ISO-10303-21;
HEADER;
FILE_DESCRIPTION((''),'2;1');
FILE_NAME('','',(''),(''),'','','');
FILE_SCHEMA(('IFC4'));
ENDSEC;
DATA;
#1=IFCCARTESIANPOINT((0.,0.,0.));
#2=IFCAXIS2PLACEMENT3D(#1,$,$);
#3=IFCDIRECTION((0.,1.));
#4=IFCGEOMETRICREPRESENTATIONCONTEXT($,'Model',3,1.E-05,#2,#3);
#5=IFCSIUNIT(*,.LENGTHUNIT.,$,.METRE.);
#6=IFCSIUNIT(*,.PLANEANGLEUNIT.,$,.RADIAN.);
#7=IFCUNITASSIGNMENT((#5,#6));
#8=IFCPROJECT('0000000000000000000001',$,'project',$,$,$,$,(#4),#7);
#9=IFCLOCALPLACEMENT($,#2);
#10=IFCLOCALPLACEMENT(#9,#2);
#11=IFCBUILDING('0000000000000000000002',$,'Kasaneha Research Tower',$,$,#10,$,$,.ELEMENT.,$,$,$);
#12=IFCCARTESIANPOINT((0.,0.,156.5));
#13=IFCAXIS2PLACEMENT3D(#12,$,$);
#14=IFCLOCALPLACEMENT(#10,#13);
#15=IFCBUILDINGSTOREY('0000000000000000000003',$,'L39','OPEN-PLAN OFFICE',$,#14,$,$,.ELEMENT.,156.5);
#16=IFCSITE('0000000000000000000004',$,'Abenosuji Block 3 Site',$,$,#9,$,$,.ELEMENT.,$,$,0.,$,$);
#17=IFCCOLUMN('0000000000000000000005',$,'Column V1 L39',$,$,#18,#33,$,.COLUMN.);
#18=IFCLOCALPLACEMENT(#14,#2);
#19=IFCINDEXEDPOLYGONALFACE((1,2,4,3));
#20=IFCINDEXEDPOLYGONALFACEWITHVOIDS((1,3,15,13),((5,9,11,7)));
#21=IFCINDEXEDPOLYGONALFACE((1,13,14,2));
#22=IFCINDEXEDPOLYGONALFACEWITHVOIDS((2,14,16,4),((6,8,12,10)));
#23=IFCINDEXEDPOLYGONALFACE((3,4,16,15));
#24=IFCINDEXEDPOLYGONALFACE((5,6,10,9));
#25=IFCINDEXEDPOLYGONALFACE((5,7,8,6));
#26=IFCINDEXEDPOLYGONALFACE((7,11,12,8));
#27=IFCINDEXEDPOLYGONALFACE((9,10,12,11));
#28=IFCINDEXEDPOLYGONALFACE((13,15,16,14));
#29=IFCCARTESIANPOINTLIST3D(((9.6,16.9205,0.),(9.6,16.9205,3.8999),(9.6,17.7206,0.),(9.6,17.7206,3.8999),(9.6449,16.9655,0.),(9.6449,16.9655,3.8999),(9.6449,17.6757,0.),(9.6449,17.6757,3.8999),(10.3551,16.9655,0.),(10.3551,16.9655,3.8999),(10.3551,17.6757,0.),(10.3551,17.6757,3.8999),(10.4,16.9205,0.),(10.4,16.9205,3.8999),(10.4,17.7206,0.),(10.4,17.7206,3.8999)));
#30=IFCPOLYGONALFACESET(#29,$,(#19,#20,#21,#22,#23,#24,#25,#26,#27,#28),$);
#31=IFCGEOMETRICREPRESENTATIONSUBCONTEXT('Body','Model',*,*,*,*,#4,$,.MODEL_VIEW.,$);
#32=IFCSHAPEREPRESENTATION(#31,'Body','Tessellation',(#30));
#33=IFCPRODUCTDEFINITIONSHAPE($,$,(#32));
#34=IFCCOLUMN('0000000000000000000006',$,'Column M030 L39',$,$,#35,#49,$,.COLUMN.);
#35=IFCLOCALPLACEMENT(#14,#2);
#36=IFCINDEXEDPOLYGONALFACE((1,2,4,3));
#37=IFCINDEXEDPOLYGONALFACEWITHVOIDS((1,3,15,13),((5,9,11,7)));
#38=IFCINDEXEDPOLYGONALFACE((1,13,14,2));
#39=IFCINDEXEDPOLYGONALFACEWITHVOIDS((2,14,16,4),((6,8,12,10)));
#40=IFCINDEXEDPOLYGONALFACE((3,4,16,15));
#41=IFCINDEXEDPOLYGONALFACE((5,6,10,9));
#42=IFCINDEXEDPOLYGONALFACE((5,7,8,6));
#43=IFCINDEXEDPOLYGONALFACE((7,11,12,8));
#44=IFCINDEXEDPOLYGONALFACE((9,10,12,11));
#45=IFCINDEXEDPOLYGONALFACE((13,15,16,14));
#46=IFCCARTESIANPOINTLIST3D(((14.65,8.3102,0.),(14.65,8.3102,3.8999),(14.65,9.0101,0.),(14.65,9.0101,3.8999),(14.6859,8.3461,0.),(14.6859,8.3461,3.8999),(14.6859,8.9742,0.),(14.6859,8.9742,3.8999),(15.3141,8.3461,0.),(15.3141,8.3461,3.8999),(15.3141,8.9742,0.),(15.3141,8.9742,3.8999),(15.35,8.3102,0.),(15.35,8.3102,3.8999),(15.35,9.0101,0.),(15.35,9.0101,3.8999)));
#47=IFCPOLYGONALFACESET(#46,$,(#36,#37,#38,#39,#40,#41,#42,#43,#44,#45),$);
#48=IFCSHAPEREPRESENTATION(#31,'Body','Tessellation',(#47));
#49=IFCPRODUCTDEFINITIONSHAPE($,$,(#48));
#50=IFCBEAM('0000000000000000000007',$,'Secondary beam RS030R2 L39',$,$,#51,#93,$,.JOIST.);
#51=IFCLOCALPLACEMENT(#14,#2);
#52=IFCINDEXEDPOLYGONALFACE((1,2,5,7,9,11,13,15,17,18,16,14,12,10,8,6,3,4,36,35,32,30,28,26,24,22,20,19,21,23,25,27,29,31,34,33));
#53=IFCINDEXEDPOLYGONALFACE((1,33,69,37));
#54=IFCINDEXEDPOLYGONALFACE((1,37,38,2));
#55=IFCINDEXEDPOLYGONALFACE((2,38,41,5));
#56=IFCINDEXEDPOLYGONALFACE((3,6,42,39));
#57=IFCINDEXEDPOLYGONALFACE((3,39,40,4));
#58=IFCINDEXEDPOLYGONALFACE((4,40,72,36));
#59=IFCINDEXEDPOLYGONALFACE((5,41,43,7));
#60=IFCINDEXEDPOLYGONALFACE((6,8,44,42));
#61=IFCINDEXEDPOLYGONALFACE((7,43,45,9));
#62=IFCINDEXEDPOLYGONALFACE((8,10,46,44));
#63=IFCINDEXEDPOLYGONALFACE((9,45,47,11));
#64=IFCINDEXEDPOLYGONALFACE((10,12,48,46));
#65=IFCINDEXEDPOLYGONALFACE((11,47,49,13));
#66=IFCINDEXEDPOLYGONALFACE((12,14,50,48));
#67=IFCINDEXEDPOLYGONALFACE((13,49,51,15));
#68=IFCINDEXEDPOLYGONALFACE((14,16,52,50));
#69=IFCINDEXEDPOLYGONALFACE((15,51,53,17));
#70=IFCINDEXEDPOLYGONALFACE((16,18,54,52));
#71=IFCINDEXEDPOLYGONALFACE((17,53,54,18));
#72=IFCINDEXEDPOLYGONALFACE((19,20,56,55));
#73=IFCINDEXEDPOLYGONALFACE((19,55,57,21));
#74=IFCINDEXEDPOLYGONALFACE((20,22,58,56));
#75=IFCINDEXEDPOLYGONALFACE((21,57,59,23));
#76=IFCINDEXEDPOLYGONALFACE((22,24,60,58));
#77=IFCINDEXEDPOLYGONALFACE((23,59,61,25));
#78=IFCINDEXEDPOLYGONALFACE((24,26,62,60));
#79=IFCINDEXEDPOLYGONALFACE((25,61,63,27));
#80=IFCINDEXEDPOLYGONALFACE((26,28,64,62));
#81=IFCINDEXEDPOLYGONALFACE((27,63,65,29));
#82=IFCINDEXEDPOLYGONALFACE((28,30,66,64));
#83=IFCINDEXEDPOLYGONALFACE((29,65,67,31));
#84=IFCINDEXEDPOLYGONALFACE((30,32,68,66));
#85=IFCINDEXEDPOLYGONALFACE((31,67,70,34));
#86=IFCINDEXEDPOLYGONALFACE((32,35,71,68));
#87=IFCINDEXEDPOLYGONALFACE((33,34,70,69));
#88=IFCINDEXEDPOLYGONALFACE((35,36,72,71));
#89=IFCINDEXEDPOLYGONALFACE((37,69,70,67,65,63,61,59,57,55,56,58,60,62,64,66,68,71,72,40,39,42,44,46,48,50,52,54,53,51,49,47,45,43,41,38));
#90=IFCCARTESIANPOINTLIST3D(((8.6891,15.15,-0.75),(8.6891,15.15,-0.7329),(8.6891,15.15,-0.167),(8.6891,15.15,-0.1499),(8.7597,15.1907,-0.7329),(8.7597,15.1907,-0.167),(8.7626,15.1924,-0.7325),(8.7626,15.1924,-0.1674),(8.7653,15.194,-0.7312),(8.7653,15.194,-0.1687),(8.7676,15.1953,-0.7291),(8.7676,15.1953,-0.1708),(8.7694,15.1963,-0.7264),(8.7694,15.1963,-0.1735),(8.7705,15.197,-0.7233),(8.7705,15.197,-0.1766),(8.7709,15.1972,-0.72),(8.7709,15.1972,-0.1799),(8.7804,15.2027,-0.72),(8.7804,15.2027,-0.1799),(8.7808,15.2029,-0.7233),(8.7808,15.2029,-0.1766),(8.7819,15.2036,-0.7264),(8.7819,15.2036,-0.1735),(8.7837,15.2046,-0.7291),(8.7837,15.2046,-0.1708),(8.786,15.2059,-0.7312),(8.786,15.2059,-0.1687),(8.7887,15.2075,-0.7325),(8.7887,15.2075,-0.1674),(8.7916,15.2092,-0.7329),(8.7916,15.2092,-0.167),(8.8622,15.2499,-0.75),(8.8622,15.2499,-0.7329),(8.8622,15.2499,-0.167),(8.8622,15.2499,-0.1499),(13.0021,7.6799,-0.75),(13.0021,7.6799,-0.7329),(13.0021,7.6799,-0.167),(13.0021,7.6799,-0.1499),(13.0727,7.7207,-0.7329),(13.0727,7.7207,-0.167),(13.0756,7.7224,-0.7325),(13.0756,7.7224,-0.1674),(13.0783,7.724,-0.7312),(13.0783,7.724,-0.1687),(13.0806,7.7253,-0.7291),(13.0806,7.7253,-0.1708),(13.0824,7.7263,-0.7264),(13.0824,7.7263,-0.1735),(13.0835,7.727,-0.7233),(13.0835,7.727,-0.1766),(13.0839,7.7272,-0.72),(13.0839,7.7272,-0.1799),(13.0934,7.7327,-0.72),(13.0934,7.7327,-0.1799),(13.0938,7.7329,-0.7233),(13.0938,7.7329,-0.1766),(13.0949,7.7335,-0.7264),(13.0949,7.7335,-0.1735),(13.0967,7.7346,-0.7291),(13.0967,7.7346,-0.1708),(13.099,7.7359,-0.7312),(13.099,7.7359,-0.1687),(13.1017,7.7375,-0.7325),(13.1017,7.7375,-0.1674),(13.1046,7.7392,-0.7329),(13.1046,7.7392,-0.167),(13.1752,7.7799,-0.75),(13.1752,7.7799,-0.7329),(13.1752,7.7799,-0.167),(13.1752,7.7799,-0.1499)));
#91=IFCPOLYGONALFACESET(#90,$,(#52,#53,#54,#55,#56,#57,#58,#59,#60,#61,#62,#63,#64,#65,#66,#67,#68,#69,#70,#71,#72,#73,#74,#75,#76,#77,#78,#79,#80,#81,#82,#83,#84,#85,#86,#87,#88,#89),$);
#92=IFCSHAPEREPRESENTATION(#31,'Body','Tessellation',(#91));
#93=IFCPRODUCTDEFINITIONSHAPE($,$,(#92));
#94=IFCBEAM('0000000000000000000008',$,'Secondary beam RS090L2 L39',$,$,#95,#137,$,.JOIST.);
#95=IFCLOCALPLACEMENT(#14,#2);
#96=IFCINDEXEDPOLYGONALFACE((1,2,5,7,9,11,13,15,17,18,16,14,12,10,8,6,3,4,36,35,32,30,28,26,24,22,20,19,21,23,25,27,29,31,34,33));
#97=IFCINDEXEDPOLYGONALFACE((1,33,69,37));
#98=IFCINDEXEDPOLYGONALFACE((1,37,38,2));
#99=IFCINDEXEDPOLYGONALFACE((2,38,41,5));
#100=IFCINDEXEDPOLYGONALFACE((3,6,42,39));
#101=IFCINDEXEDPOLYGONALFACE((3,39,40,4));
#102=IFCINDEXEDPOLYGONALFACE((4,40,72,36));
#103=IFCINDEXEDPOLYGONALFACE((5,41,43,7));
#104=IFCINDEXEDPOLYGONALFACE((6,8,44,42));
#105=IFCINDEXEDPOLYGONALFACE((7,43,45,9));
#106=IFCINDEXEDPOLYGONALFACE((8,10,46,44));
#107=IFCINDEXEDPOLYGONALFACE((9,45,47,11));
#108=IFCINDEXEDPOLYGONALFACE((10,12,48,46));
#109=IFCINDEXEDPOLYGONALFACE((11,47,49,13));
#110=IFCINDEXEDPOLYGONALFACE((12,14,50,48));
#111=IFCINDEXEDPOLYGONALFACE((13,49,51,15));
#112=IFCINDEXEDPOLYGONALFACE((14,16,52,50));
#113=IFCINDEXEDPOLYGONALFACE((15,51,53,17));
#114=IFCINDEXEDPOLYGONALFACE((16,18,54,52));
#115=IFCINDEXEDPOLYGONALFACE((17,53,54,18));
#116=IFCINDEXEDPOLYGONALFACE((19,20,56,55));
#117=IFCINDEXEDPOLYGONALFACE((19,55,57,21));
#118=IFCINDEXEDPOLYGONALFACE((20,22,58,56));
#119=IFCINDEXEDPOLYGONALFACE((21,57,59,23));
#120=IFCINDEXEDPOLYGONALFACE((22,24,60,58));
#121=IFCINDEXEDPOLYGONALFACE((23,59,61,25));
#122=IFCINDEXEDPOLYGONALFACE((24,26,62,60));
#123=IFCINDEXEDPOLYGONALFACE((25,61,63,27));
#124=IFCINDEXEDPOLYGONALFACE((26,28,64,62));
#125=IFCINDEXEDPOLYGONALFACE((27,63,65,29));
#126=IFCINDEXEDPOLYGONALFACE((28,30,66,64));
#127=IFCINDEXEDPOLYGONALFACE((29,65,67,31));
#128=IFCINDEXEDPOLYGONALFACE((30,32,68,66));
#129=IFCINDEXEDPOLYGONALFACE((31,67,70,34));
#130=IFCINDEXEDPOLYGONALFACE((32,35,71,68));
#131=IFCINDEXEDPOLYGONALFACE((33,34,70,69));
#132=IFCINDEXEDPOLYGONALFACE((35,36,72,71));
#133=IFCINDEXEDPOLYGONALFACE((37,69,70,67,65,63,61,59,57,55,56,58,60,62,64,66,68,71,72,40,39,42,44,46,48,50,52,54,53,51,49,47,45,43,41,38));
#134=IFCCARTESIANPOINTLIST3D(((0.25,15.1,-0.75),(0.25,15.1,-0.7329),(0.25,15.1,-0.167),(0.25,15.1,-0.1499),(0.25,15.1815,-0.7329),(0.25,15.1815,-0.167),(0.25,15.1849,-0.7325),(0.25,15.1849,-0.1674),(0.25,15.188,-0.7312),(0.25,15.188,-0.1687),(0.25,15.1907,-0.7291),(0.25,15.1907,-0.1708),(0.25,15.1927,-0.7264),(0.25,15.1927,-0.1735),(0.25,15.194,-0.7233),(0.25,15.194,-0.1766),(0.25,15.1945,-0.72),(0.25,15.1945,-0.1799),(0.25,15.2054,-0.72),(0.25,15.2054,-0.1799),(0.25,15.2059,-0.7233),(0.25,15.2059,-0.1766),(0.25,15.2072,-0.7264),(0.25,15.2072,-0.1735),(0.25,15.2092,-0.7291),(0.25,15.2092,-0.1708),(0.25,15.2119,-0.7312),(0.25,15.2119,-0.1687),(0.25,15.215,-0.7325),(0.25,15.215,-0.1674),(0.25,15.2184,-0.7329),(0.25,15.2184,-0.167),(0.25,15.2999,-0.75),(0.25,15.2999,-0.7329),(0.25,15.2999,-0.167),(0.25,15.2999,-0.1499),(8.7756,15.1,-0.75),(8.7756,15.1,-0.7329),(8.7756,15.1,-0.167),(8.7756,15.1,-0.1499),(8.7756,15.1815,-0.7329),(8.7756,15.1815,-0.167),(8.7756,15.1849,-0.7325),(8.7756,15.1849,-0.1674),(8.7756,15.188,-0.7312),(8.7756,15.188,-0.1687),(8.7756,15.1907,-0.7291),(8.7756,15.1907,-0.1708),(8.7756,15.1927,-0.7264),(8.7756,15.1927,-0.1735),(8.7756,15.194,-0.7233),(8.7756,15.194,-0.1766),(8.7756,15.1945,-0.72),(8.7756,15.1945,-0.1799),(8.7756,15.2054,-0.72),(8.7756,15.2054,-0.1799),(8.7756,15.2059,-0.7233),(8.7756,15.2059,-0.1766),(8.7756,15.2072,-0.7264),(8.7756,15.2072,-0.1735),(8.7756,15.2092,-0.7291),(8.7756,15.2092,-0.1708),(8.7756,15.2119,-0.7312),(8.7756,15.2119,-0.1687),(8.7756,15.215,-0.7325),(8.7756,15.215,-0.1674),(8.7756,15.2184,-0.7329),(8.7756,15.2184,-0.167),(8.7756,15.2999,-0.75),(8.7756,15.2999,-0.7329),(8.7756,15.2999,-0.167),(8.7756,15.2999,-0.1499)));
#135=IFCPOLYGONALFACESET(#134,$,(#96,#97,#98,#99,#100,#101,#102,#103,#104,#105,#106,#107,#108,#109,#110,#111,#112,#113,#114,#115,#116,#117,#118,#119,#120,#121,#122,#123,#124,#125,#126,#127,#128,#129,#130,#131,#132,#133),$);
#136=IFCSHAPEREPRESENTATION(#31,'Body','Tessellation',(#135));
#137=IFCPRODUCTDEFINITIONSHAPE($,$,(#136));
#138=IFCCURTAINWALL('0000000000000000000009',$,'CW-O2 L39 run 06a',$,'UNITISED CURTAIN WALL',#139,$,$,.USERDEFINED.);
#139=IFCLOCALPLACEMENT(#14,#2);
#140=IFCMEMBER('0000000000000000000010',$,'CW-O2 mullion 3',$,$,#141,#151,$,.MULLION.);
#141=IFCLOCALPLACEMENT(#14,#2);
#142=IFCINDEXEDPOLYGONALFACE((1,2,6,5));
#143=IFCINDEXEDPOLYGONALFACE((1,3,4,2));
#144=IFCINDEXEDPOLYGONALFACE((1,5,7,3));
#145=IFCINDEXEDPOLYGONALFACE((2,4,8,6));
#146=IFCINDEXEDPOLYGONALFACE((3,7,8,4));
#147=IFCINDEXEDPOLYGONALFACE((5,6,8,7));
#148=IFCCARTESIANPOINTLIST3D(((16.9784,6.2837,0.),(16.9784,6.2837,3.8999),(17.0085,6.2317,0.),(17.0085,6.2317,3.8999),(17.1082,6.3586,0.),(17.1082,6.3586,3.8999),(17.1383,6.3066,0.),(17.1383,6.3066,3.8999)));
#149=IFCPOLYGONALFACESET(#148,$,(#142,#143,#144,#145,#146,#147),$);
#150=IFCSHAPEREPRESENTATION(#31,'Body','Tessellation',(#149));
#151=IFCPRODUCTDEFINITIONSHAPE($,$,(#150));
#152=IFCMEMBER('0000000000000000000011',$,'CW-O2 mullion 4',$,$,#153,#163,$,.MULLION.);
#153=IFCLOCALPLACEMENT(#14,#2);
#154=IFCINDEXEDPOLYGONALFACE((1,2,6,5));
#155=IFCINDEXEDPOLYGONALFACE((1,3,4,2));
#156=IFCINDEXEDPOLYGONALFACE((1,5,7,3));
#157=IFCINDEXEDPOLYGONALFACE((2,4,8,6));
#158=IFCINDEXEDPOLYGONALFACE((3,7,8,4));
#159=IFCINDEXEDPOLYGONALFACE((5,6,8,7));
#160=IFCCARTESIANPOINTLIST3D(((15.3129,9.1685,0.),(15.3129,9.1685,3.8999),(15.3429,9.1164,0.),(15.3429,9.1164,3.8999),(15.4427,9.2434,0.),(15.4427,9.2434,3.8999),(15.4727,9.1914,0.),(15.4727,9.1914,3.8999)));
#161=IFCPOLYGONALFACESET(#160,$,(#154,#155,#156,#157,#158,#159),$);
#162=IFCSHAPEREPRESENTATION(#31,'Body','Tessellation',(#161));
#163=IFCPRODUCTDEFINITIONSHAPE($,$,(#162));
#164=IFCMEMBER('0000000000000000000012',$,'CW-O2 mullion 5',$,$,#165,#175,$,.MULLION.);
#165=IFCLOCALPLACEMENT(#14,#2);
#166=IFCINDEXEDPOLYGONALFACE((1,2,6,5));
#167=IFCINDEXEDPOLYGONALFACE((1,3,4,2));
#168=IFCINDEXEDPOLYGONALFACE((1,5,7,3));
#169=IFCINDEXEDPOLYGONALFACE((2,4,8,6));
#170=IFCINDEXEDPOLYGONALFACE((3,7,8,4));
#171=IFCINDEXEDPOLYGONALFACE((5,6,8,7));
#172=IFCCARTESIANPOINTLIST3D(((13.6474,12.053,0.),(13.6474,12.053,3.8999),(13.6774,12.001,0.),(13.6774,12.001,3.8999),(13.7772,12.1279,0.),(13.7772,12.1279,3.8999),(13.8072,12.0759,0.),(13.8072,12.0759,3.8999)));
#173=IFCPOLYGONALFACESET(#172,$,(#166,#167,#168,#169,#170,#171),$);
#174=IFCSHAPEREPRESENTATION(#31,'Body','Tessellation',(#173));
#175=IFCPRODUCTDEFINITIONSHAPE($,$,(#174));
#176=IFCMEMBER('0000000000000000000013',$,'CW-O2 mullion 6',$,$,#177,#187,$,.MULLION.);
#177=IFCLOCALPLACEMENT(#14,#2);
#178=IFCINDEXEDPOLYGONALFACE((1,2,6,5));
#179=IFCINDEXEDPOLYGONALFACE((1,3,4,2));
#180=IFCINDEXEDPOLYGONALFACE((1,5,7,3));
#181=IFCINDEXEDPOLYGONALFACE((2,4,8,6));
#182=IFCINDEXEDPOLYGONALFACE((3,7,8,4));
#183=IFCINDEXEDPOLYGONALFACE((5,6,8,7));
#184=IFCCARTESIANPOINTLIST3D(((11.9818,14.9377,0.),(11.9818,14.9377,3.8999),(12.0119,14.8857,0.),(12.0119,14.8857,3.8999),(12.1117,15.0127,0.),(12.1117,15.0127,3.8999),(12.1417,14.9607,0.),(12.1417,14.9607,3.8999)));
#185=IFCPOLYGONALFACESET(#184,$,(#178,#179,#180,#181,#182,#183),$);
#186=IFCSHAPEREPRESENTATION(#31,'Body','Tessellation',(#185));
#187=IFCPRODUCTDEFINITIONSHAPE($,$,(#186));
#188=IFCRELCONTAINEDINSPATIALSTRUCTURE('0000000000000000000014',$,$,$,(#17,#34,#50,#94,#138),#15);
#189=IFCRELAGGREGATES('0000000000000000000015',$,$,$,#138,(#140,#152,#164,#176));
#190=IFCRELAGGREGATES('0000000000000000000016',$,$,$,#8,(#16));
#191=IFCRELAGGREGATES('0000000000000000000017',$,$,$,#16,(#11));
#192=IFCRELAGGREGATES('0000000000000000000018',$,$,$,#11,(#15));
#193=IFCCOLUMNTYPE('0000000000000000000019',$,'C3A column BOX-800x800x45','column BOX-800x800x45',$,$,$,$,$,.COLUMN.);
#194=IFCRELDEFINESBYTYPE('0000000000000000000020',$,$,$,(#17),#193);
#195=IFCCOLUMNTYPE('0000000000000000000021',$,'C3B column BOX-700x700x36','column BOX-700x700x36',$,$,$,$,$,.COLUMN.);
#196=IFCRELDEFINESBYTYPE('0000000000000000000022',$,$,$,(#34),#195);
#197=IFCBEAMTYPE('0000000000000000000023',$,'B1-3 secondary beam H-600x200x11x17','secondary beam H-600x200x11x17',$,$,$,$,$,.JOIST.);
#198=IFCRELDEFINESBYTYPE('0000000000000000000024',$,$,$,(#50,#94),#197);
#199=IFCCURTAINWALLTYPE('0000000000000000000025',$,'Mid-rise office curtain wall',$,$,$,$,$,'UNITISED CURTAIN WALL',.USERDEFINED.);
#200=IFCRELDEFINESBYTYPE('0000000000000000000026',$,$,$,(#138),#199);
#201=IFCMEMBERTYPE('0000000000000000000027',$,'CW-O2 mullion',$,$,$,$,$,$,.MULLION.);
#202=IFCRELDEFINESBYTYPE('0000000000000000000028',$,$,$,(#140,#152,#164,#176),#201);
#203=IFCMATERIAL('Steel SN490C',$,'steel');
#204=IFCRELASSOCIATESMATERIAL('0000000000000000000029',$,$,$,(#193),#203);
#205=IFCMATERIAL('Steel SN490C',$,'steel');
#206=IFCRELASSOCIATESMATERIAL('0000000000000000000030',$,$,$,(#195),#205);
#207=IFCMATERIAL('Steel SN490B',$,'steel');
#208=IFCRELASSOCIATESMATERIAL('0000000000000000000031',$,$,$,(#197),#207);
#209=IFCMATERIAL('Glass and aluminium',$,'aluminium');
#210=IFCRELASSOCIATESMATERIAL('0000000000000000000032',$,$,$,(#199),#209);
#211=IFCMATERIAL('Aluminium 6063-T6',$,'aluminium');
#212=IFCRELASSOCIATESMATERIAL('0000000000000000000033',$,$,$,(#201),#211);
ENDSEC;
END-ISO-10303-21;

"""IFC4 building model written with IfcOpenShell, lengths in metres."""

from ifc_helpers import new_model, si_unit, direction, frame, origin, origin_2d, place, context, subcontext, project, spatial, rectangle, hollow_rectangle, i_section, extrude, material, material_profile, profile_set, type_object, element, aggregate, save


model = new_model("IFC4")

# Units and contexts
model_context = context("Model", 3, precision=1e-05, world=origin(), true_north=direction((0.0, 1.0)))
body_context = subcontext(model_context, "Body", "Model", "MODEL_VIEW")
ifc_project = project(units=[si_unit("LENGTHUNIT", "METRE"), si_unit("PLANEANGLEUNIT", "RADIAN")], contexts=[model_context])

# Site, building, storey
site_placement = place(None, origin())
site = spatial("IfcSite", under=ifc_project, at=site_placement, Name="Abenosuji Block 3 Site", CompositionType="ELEMENT", RefElevation=0.0)
building_placement = place(site_placement, origin())
building = spatial("IfcBuilding", under=site, at=building_placement, Name="Kasaneha Research Tower", CompositionType="ELEMENT")
storey_placement = place(building_placement, frame((0.0, 0.0, 156.5)))
storey = spatial("IfcBuildingStorey", under=building, at=storey_placement, Name="L39", Description="OPEN-PLAN OFFICE", CompositionType="ELEMENT", Elevation=156.5)

# Columns
ifc_material_1 = material(Name="Steel SN490C", Category="steel")
ifc_material_profile_1 = material_profile(ifc_material_1, hollow_rectangle(XDim=0.8, YDim=0.8, WallThickness=0.0449, at=origin_2d()), Name="BOX-800x800x45")
ifc_profile_set_1 = profile_set([ifc_material_profile_1], Name="Steel SN490C")
column_type_1 = type_object("IfcColumnType", Name="C3A column BOX-800x800x45", Description="column BOX-800x800x45", PredefinedType="COLUMN", material=ifc_profile_set_1)
column_1_placement = place(storey_placement, frame((10.0, 17.3206, 0.0), z_axis=(0.0, 0.0, 1.0), x_axis=(1.0, 0.0, 0.0)))
element("IfcColumn", 1, at=column_1_placement, inside=storey, type_object=column_type_1, Name="Column V1 L39", PredefinedType="COLUMN", context=body_context, shape_type="SweptSolid", body=[
    extrude(hollow_rectangle(XDim=0.8, YDim=0.8, WallThickness=0.0449, at=origin_2d()), origin(), (0.0, 0.0, 1.0), 3.8999),
])
ifc_material_2 = material(Name="Steel SN490C", Category="steel")
ifc_material_profile_2 = material_profile(ifc_material_2, hollow_rectangle(XDim=0.7, YDim=0.7, WallThickness=0.0359, at=origin_2d()), Name="BOX-700x700x36")
ifc_profile_set_2 = profile_set([ifc_material_profile_2], Name="Steel SN490C")
column_type_2 = type_object("IfcColumnType", Name="C3B column BOX-700x700x36", Description="column BOX-700x700x36", PredefinedType="COLUMN", material=ifc_profile_set_2)
column_2_placement = place(storey_placement, frame((15.0, 8.6602, 0.0), z_axis=(0.0, 0.0, 1.0), x_axis=(1.0, 0.0, 0.0)))
element("IfcColumn", 2, at=column_2_placement, inside=storey, type_object=column_type_2, Name="Column M030 L39", PredefinedType="COLUMN", context=body_context, shape_type="SweptSolid", body=[
    extrude(hollow_rectangle(XDim=0.7, YDim=0.7, WallThickness=0.0359, at=origin_2d()), origin(), (0.0, 0.0, 1.0), 3.8999),
])

# Beams
ifc_material_3 = material(Name="Steel SN490B", Category="steel")
ifc_material_profile_3 = material_profile(ifc_material_3, i_section(OverallWidth=0.2, OverallDepth=0.6001, WebThickness=0.011, FlangeThickness=0.0171, FilletRadius=0.0129, at=origin_2d()), Name="H-600x200x11x17")
ifc_profile_set_3 = profile_set([ifc_material_profile_3], Name="Steel SN490B")
beam_type_1 = type_object("IfcBeamType", Name="B1-3 secondary beam H-600x200x11x17", Description="secondary beam H-600x200x11x17", PredefinedType="JOIST", material=ifc_profile_set_3)
beam_1_placement = place(storey_placement, frame((8.7756, 15.2, -0.45), z_axis=(0.500017, -0.866015, 0.0), x_axis=(0.866015, 0.500017, 0.0)))
element("IfcBeam", 3, at=beam_1_placement, inside=storey, type_object=beam_type_1, Name="Secondary beam RS030R2 L39", PredefinedType="JOIST", context=body_context, shape_type="SweptSolid", body=[
    extrude(i_section(OverallWidth=0.2, OverallDepth=0.6001, WebThickness=0.011, FlangeThickness=0.0171, FilletRadius=0.0129, at=origin_2d()), origin(), (0.0, 0.0, 1.0), 8.6257),
])
beam_2_placement = place(storey_placement, frame((8.7756, 15.2, -0.45), z_axis=(-1.0, 0.0, 0.0), x_axis=(0.0, -1.0, 0.0)))
element("IfcBeam", 4, at=beam_2_placement, inside=storey, type_object=beam_type_1, Name="Secondary beam RS090L2 L39", PredefinedType="JOIST", context=body_context, shape_type="SweptSolid", body=[
    extrude(i_section(OverallWidth=0.2, OverallDepth=0.6001, WebThickness=0.011, FlangeThickness=0.0171, FilletRadius=0.0129, at=origin_2d()), origin(), (0.0, 0.0, 1.0), 8.5256),
])

# Curtain wall, members
ifc_material_4 = material(Name="Glass and aluminium", Category="aluminium")
curtain_wall_type = type_object("IfcCurtainWallType", Name="Mid-rise office curtain wall", ElementType="UNITISED CURTAIN WALL", PredefinedType="USERDEFINED", material=ifc_material_4)
curtain_wall_1_placement = place(storey_placement, origin())
curtain_wall_1 = element("IfcCurtainWall", 5, at=curtain_wall_1_placement, inside=storey, type_object=curtain_wall_type, Name="CW-O2 L39 run 06a", ObjectType="UNITISED CURTAIN WALL", PredefinedType="USERDEFINED")
ifc_material_5 = material(Name="Aluminium 6063-T6", Category="aluminium")
ifc_material_profile_4 = material_profile(ifc_material_5, rectangle(XDim=0.0601, YDim=0.1499, at=origin_2d()), Name="CW-O2 mullion 60x150")
ifc_profile_set_4 = profile_set([ifc_material_profile_4], Name="Aluminium 6063-T6")
member_type_1 = type_object("IfcMemberType", Name="CW-O2 mullion", PredefinedType="MULLION", material=ifc_profile_set_4)
member_1_placement = place(storey_placement, frame((17.0583, 6.2952, 0.0), z_axis=(0.0, 0.0, 1.0), x_axis=(-0.5, 0.866025, 0.0)))
member_1 = element("IfcMember", 6, at=member_1_placement, type_object=member_type_1, Name="CW-O2 mullion 3", PredefinedType="MULLION", context=body_context, shape_type="SweptSolid", body=[
    extrude(rectangle(XDim=0.0601, YDim=0.1499, at=origin_2d()), origin(), (0.0, 0.0, 1.0), 3.8999),
])
member_2_placement = place(storey_placement, frame((15.3928, 9.1799, 0.0), z_axis=(0.0, 0.0, 1.0), x_axis=(-0.5, 0.866025, 0.0)))
member_2 = element("IfcMember", 7, at=member_2_placement, type_object=member_type_1, Name="CW-O2 mullion 4", PredefinedType="MULLION", context=body_context, shape_type="SweptSolid", body=[
    extrude(rectangle(XDim=0.0601, YDim=0.1499, at=origin_2d()), origin(), (0.0, 0.0, 1.0), 3.8999),
])
member_3_placement = place(storey_placement, frame((13.7273, 12.0645, 0.0), z_axis=(0.0, 0.0, 1.0), x_axis=(-0.5, 0.866025, 0.0)))
member_3 = element("IfcMember", 8, at=member_3_placement, type_object=member_type_1, Name="CW-O2 mullion 5", PredefinedType="MULLION", context=body_context, shape_type="SweptSolid", body=[
    extrude(rectangle(XDim=0.0601, YDim=0.1499, at=origin_2d()), origin(), (0.0, 0.0, 1.0), 3.8999),
])
member_4_placement = place(storey_placement, frame((12.0618, 14.9492, 0.0), z_axis=(0.0, 0.0, 1.0), x_axis=(-0.5, 0.866025, 0.0)))
member_4 = element("IfcMember", 9, at=member_4_placement, type_object=member_type_1, Name="CW-O2 mullion 6", PredefinedType="MULLION", context=body_context, shape_type="SweptSolid", body=[
    extrude(rectangle(XDim=0.0601, YDim=0.1499, at=origin_2d()), origin(), (0.0, 0.0, 1.0), 3.8999),
])

aggregate(curtain_wall_1, [member_1, member_2, member_3, member_4])

save(model, "model.ifc")
